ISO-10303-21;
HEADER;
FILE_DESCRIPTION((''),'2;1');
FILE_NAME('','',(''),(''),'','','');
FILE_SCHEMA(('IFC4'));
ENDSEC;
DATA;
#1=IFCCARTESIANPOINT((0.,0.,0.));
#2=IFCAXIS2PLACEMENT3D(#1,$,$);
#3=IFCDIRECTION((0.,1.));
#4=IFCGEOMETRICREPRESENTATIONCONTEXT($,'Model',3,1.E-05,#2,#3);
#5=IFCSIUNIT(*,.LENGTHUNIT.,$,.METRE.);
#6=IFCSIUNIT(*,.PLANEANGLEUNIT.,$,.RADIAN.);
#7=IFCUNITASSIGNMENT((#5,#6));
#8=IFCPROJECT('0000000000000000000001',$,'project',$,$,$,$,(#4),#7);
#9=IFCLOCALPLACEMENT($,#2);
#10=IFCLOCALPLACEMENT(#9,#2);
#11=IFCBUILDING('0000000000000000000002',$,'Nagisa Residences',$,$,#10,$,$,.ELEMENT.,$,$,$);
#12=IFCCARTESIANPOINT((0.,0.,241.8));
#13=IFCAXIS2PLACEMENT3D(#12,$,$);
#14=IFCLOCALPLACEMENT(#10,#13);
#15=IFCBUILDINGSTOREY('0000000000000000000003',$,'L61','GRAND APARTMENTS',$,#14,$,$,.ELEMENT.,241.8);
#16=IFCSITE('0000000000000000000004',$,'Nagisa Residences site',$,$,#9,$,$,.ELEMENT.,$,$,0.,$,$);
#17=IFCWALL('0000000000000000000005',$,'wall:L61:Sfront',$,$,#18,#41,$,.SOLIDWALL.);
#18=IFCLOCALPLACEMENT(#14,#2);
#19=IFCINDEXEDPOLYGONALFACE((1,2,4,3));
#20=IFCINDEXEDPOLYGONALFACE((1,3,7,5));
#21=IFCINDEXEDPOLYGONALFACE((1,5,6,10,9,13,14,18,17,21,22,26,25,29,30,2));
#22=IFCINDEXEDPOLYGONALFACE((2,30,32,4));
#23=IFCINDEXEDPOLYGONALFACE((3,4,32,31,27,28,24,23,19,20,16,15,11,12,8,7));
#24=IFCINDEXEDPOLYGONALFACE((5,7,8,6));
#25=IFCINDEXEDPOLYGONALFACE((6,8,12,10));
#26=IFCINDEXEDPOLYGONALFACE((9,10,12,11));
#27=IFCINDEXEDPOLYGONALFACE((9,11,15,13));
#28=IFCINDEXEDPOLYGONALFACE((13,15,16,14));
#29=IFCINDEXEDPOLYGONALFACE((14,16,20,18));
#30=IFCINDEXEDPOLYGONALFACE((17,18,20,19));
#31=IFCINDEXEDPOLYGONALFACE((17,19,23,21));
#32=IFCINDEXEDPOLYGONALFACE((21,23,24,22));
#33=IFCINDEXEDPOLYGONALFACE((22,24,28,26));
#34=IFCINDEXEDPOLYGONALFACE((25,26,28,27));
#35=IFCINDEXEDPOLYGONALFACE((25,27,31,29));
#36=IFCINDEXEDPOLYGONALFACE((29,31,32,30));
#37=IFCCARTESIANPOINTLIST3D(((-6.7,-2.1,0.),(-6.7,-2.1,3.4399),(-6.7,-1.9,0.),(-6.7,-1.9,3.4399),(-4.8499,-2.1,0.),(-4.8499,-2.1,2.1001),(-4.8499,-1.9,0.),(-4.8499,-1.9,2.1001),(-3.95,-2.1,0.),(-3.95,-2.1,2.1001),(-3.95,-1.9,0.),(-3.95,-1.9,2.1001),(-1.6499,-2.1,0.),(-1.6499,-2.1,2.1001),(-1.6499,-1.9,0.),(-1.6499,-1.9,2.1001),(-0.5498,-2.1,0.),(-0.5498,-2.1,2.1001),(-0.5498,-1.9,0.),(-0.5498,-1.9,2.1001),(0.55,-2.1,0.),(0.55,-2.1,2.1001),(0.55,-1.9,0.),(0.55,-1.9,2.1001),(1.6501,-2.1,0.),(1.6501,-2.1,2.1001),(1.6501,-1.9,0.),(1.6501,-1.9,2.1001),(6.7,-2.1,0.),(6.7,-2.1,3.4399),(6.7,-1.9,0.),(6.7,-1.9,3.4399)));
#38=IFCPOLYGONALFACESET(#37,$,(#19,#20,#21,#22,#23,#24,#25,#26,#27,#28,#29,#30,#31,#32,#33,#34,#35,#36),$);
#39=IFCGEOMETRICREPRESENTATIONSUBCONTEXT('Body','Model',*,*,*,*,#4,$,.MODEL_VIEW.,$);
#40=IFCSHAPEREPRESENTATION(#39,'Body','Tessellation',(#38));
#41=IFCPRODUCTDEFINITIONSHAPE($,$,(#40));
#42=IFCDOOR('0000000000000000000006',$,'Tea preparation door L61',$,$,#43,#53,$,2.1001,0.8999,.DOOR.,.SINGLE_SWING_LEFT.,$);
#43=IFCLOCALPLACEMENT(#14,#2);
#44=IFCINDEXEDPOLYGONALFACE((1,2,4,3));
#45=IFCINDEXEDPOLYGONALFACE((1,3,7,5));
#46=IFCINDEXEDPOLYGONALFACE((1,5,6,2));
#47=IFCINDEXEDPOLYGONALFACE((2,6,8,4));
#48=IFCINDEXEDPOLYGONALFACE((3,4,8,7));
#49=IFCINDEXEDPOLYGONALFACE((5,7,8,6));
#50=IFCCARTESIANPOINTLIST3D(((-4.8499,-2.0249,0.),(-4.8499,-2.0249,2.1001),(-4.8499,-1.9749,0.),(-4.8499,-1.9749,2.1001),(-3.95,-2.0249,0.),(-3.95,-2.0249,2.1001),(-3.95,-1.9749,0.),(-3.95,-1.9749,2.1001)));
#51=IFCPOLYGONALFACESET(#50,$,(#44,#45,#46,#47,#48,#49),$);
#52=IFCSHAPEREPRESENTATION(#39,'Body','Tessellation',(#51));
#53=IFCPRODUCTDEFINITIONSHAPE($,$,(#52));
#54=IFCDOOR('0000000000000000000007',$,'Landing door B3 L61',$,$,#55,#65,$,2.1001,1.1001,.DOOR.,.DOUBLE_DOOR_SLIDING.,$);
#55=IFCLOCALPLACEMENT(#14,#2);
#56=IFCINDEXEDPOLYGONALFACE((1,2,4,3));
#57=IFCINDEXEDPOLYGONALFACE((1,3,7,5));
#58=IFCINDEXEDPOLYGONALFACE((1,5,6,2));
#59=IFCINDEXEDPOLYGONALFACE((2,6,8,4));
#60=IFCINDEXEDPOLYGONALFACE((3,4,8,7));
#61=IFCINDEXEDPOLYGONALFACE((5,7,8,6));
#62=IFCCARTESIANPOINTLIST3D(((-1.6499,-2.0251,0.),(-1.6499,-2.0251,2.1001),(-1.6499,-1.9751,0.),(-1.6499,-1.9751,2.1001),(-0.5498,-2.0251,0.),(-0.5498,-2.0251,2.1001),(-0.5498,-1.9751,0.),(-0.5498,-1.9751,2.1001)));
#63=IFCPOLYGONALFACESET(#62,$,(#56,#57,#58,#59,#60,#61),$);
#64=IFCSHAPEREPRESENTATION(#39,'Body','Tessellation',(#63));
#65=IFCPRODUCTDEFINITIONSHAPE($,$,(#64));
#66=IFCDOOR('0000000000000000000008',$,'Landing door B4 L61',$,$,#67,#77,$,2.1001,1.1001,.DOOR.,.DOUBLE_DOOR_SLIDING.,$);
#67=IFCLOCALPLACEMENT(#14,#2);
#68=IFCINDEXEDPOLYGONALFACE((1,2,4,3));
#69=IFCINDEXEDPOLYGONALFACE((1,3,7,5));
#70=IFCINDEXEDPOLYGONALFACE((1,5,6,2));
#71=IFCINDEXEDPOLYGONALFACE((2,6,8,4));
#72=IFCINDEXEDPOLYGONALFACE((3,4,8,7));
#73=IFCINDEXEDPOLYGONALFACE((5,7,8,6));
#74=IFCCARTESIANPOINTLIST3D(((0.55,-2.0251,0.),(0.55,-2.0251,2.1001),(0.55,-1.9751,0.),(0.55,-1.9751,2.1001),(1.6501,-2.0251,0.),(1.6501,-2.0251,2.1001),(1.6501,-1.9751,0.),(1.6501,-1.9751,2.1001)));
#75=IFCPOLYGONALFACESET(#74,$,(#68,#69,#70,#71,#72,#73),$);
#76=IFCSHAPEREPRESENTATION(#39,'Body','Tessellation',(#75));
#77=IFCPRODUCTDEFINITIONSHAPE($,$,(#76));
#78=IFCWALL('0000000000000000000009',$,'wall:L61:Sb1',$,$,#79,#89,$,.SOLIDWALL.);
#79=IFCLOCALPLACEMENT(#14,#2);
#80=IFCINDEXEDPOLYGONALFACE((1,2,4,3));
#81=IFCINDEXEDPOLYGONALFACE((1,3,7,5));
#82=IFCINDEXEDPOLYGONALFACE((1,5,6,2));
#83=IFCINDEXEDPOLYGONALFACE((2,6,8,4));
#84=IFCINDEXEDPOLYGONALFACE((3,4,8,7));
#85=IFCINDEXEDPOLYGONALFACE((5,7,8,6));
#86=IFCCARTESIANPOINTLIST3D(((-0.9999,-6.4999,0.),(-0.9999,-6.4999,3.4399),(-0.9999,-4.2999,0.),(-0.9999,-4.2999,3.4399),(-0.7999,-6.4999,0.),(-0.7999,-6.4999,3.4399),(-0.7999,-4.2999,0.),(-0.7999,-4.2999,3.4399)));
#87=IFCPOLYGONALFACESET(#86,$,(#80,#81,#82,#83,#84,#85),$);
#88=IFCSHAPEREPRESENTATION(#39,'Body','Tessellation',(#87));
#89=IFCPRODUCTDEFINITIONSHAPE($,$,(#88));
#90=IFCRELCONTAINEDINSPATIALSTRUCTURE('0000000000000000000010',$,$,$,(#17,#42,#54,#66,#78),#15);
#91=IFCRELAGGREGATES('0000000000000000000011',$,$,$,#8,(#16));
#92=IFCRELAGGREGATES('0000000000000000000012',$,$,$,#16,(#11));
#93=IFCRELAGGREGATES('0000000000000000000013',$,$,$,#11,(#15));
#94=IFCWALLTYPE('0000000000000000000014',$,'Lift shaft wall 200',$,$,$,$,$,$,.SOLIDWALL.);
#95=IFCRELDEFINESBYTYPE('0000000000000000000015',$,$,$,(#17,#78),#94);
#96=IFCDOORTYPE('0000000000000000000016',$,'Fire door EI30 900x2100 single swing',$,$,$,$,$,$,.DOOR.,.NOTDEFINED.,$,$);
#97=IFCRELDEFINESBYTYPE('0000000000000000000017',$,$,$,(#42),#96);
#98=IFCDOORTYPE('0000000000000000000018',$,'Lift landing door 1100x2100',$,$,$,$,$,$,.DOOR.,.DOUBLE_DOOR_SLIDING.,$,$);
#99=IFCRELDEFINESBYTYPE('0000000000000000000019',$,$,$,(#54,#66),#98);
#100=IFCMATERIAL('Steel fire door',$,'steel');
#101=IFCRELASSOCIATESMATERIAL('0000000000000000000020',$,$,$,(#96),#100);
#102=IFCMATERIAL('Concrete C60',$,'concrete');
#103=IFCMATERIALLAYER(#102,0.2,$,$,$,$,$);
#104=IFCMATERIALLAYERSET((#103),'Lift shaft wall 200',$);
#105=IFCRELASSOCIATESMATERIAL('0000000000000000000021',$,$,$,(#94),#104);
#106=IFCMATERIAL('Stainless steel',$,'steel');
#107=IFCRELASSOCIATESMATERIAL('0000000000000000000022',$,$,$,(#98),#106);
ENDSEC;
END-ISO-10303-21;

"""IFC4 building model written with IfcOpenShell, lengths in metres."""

from ifc_helpers import new_model, si_unit, direction, frame, frame_2d, origin, place, context, subcontext, project, spatial, rectangle, extrude, material, layer, layer_set, type_object, element, fill, save


model = new_model("IFC4")

# Units and contexts
model_context = context("Model", 3, precision=1e-05, world=origin(), true_north=direction((0.0, 1.0)))
body_context = subcontext(model_context, "Body", "Model", "MODEL_VIEW")
ifc_project = project(units=[si_unit("LENGTHUNIT", "METRE"), si_unit("PLANEANGLEUNIT", "RADIAN")], contexts=[model_context])

# Site, building, storey
site_placement = place(None, origin())
site = spatial("IfcSite", under=ifc_project, at=site_placement, Name="Nagisa Residences site", CompositionType="ELEMENT", RefElevation=0.0)
building_placement = place(site_placement, origin())
building = spatial("IfcBuilding", under=site, at=building_placement, Name="Nagisa Residences", CompositionType="ELEMENT")
storey_placement = place(building_placement, frame((0.0, 0.0, 241.8)))
storey = spatial("IfcBuildingStorey", under=building, at=storey_placement, Name="L61", Description="GRAND APARTMENTS", CompositionType="ELEMENT", Elevation=241.8)

# Shared definitions
ifc_material_1 = material(Name="Steel fire door", Category="steel")
door_type_1 = type_object("IfcDoorType", Name="Fire door EI30 900x2100 single swing", OperationType="NOTDEFINED", PredefinedType="DOOR", material=ifc_material_1)

# Shared definitions
ifc_material_2 = material(Name="Concrete C60", Category="concrete")
ifc_layer_1 = layer(ifc_material_2, 0.2)
ifc_layer_set_1 = layer_set([ifc_layer_1], Name="Lift shaft wall 200")
wall_type_1 = type_object("IfcWallType", Name="Lift shaft wall 200", PredefinedType="SOLIDWALL", material=ifc_layer_set_1)

# Wall, openings, doors
wall_1_placement = place(storey_placement, frame((-6.7, -2.0, 0.0), z_axis=(0.0, 0.0, 1.0), x_axis=(1.0, 0.0, 0.0)))
wall_1 = element("IfcWall", 1, at=wall_1_placement, inside=storey, type_object=wall_type_1, Name="wall:L61:Sfront", PredefinedType="SOLIDWALL", context=body_context, shape_type="SweptSolid", body=[
    extrude(rectangle(XDim=13.3999, YDim=0.2, at=frame_2d((6.7, 0.0))), origin(), (0.0, 0.0, 1.0), 3.4399),
])
opening_1_placement = place(wall_1_placement, frame((5.05, 0.0, 0.0)))
opening_1 = element("IfcOpeningElement", 2, at=opening_1_placement, cuts=wall_1, PredefinedType="OPENING", context=body_context, shape_type="SweptSolid", body=[
    extrude(rectangle(XDim=1.1001, YDim=2.1001, at=frame_2d((0.55, 1.05))), frame((0.0, 0.1099, 0.0), z_axis=(0.0, -1.0, 0.0), x_axis=(1.0, 0.0, 0.0)), (0.0, 0.0, 1.0), 0.22),
])
opening_2_placement = place(wall_1_placement, frame((7.25, 0.0, 0.0)))
opening_2 = element("IfcOpeningElement", 3, at=opening_2_placement, cuts=wall_1, PredefinedType="OPENING", context=body_context, shape_type="SweptSolid", body=[
    extrude(rectangle(XDim=1.1001, YDim=2.1001, at=frame_2d((0.55, 1.05))), frame((0.0, 0.1099, 0.0), z_axis=(0.0, -1.0, 0.0), x_axis=(1.0, 0.0, 0.0)), (0.0, 0.0, 1.0), 0.22),
])
opening_3_placement = place(wall_1_placement, frame((1.8501, 0.0, 0.0)))
opening_3 = element("IfcOpeningElement", 4, at=opening_3_placement, cuts=wall_1, PredefinedType="OPENING", context=body_context, shape_type="SweptSolid", body=[
    extrude(rectangle(XDim=0.8999, YDim=2.1001, at=frame_2d((0.45, 1.05))), frame((0.0, 0.1099, 0.0), z_axis=(0.0, -1.0, 0.0), x_axis=(1.0, 0.0, 0.0)), (0.0, 0.0, 1.0), 0.22),
])
door_1_placement = place(opening_3_placement, frame((0.8999, 0.0, 0.0), x_axis=(-1.0, 0.0, 0.0)))
door_1 = element("IfcDoor", 5, at=door_1_placement, inside=storey, type_object=door_type_1, Name="Tea preparation door L61", OperationType="SINGLE_SWING_LEFT", OverallHeight=2.1001, OverallWidth=0.8999, PredefinedType="DOOR", context=body_context, shape_type="SweptSolid", body=[
    extrude(rectangle(XDim=0.8999, YDim=2.1001, at=frame_2d((0.45, 1.05))), frame((0.0, 0.0249, 0.0), z_axis=(0.0, -1.0, 0.0), x_axis=(1.0, 0.0, 0.0)), (0.0, 0.0, 1.0), 0.05),
])
fill(opening_3, door_1)
ifc_material_3 = material(Name="Stainless steel", Category="steel")
door_type_2 = type_object("IfcDoorType", Name="Lift landing door 1100x2100", OperationType="DOUBLE_DOOR_SLIDING", PredefinedType="DOOR", material=ifc_material_3)
door_2_placement = place(opening_1_placement, origin())
door_2 = element("IfcDoor", 6, at=door_2_placement, inside=storey, type_object=door_type_2, Name="Landing door B3 L61", OperationType="DOUBLE_DOOR_SLIDING", OverallHeight=2.1001, OverallWidth=1.1001, PredefinedType="DOOR", context=body_context, shape_type="SweptSolid", body=[
    extrude(rectangle(XDim=1.1001, YDim=2.1001, at=frame_2d((0.55, 1.05))), frame((0.0, 0.0249, 0.0), z_axis=(0.0, -1.0, 0.0), x_axis=(1.0, 0.0, 0.0)), (0.0, 0.0, 1.0), 0.05),
])
fill(opening_1, door_2)
door_3_placement = place(opening_2_placement, origin())
door_3 = element("IfcDoor", 7, at=door_3_placement, inside=storey, type_object=door_type_2, Name="Landing door B4 L61", OperationType="DOUBLE_DOOR_SLIDING", OverallHeight=2.1001, OverallWidth=1.1001, PredefinedType="DOOR", context=body_context, shape_type="SweptSolid", body=[
    extrude(rectangle(XDim=1.1001, YDim=2.1001, at=frame_2d((0.55, 1.05))), frame((0.0, 0.0249, 0.0), z_axis=(0.0, -1.0, 0.0), x_axis=(1.0, 0.0, 0.0)), (0.0, 0.0, 1.0), 0.05),
])
fill(opening_2, door_3)

# Wall
wall_2_placement = place(storey_placement, frame((-0.8999, -6.5, 0.0), z_axis=(0.0, 0.0, 1.0), x_axis=(0.0, 1.0, 0.0)))
element("IfcWall", 8, at=wall_2_placement, inside=storey, type_object=wall_type_1, Name="wall:L61:Sb1", PredefinedType="SOLIDWALL", context=body_context, shape_type="SweptSolid", body=[
    extrude(rectangle(XDim=2.2, YDim=0.2, at=frame_2d((1.1001, 0.0))), origin(), (0.0, 0.0, 1.0), 3.4399),
])

save(model, "model.ifc")
